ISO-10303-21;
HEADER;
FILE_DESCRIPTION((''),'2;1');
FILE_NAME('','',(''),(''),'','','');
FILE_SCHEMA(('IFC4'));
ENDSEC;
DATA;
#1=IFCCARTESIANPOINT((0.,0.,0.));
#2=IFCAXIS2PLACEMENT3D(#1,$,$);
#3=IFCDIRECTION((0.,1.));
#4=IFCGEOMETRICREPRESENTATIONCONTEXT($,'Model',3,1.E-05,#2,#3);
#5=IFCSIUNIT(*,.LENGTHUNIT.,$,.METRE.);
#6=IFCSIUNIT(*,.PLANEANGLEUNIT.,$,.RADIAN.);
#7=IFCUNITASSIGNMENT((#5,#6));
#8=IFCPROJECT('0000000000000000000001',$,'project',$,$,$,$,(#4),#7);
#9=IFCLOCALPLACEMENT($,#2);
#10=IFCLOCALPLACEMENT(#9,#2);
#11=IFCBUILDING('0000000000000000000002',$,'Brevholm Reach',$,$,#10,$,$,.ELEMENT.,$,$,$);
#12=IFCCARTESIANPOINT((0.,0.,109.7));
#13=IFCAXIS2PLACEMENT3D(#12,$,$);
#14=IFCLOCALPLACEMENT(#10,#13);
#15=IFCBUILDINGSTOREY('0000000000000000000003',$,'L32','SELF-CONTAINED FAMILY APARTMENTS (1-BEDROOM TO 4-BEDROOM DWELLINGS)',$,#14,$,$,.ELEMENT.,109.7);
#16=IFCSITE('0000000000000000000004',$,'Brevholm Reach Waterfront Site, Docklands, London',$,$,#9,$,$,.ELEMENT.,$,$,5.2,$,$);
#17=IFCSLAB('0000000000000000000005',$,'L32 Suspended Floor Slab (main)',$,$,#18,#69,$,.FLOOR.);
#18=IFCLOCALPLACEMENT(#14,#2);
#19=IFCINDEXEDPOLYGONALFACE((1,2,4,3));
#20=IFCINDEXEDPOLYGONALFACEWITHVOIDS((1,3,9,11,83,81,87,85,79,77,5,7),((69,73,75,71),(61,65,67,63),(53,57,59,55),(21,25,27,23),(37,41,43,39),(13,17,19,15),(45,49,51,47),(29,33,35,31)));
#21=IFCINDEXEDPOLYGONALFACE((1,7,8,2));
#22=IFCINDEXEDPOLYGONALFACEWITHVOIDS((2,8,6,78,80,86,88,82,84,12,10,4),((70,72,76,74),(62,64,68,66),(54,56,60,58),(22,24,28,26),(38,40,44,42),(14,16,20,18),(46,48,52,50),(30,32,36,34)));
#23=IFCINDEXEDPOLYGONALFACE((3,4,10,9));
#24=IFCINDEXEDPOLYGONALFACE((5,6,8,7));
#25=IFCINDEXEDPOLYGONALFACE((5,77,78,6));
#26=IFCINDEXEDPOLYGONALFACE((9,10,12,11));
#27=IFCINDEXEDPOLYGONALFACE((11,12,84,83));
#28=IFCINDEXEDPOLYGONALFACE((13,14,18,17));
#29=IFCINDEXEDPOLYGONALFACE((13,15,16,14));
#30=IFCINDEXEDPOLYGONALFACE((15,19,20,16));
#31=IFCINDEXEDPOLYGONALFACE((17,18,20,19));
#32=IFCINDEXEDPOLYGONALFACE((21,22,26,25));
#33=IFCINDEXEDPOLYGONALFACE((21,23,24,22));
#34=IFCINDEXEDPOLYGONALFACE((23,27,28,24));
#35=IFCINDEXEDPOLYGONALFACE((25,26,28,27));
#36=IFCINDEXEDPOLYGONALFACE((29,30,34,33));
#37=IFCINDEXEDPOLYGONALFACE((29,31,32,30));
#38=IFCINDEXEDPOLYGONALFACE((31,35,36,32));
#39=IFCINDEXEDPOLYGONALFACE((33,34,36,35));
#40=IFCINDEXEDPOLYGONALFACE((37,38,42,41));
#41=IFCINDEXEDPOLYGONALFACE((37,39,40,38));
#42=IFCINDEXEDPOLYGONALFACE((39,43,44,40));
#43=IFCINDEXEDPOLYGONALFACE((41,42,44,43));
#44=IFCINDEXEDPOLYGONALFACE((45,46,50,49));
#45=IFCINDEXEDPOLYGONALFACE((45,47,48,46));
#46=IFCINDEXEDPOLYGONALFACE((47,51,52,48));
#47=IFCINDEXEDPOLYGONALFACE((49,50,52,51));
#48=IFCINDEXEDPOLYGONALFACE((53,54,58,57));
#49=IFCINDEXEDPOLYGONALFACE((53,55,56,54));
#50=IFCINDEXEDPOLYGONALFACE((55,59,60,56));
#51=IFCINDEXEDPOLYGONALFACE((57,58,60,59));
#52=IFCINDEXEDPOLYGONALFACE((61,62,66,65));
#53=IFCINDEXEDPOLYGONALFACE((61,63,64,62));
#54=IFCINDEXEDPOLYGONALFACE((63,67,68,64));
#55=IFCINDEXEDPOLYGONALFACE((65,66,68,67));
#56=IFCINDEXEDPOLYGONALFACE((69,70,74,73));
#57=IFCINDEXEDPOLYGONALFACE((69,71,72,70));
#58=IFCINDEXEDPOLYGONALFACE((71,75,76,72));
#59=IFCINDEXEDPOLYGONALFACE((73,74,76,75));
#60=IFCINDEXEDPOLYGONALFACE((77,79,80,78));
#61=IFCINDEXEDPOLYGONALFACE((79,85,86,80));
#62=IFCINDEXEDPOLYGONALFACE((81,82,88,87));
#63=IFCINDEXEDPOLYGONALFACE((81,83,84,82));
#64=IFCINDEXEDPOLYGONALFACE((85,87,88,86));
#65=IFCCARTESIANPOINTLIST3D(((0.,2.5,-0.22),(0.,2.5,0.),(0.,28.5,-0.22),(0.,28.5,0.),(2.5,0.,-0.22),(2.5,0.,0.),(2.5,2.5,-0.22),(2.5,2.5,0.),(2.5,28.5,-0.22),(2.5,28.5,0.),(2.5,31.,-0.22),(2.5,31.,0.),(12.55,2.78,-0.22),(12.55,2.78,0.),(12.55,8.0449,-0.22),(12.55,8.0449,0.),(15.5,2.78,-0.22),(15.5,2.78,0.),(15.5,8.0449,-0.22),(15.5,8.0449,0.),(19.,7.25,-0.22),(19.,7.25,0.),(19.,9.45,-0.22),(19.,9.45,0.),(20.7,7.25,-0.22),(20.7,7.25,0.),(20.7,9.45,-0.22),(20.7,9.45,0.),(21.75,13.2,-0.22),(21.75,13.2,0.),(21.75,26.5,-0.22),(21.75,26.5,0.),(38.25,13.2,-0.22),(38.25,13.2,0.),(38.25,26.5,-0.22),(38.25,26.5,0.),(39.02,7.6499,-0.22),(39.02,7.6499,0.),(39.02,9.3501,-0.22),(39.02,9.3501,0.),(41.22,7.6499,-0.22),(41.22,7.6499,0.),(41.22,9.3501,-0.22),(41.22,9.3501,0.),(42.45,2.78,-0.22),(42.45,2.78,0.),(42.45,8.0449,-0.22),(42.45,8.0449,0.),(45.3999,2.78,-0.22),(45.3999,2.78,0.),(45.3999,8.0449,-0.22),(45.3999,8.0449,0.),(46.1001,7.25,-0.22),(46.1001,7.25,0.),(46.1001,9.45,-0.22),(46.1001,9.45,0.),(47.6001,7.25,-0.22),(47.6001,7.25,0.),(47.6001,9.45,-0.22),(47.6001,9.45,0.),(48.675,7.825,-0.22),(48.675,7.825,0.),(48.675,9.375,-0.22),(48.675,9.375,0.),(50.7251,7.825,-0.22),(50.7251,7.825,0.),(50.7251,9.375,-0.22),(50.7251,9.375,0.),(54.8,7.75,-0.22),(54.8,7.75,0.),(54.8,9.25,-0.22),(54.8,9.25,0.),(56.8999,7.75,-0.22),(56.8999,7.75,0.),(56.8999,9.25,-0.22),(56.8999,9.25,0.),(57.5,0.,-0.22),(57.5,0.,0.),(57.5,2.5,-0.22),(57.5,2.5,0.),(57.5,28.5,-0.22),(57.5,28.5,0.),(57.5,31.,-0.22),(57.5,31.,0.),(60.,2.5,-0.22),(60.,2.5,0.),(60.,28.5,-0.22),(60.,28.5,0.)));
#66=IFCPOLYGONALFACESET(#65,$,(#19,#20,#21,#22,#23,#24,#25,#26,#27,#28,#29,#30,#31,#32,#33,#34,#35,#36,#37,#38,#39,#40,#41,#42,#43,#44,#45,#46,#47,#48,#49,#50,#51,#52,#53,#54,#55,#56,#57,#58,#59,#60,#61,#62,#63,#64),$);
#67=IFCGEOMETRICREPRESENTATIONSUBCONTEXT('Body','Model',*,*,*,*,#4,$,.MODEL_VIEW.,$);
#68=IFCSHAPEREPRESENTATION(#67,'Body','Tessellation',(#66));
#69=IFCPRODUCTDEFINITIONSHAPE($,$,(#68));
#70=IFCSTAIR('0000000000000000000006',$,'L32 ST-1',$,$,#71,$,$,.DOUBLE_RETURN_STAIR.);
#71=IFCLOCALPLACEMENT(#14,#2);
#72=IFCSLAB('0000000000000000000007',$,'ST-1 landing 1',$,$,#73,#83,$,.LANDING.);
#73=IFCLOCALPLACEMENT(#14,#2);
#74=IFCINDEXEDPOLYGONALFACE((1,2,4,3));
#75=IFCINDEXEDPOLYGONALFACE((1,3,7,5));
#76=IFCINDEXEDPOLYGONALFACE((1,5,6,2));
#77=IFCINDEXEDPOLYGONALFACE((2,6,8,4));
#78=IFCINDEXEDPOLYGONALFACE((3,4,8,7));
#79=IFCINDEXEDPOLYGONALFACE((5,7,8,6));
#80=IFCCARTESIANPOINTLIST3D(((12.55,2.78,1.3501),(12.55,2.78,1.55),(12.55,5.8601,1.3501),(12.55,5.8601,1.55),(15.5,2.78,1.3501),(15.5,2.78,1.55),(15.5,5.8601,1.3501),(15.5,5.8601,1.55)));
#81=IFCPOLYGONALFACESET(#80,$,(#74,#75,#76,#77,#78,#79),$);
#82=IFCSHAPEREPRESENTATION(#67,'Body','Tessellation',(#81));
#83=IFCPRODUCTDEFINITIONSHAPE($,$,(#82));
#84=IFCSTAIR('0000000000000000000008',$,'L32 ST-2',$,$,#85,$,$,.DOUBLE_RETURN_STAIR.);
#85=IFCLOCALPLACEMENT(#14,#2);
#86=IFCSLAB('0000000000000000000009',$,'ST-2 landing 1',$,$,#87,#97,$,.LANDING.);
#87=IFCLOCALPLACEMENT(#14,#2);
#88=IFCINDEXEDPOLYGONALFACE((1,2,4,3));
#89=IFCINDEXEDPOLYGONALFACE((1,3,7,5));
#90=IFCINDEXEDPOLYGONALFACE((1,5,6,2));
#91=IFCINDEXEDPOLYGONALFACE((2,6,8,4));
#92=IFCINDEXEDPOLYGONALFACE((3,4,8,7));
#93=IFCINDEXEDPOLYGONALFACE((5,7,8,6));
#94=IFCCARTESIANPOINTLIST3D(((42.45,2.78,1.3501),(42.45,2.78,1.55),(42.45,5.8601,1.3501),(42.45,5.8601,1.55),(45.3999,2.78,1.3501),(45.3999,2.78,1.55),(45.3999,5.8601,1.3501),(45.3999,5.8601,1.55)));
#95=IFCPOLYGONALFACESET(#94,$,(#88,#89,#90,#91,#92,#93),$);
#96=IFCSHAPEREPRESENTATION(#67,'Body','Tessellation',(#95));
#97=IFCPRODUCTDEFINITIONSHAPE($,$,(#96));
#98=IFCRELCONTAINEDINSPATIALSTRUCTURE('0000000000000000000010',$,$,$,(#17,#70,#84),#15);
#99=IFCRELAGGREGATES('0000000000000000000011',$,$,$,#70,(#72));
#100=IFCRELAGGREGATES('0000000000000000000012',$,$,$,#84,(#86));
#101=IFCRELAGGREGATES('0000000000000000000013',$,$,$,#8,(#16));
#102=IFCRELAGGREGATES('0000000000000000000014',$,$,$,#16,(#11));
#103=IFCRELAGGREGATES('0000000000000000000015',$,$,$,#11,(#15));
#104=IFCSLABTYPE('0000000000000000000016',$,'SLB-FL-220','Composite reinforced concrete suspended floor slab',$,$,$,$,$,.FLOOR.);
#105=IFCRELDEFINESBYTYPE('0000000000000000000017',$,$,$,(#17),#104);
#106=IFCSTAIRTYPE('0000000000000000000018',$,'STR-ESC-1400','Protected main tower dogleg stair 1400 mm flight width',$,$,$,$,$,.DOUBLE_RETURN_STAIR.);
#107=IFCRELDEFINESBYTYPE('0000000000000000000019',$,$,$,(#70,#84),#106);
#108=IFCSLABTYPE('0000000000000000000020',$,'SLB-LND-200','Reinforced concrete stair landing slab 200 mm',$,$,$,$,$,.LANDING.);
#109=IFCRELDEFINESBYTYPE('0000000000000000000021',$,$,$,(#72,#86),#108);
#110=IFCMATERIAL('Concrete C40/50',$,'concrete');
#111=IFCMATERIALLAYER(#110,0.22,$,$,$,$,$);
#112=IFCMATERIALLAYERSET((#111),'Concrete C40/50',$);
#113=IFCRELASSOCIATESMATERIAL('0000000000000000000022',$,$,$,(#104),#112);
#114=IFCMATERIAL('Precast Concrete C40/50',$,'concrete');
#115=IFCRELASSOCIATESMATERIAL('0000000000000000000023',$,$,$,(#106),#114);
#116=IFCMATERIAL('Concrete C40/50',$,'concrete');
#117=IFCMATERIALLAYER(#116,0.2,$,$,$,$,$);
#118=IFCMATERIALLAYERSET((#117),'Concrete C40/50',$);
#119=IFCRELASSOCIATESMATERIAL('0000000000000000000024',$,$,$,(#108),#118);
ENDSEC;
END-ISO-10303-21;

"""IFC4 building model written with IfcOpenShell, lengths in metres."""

from ifc_helpers import new_model, si_unit, direction, frame, origin, place, context, subcontext, project, spatial, polyline, outline, extrude, material, layer, layer_set, type_object, element, aggregate, save


model = new_model("IFC4")

# Units and contexts
model_context = context("Model", 3, precision=1e-05, world=origin(), true_north=direction((0.0, 1.0)))
body_context = subcontext(model_context, "Body", "Model", "MODEL_VIEW")
ifc_project = project(units=[si_unit("LENGTHUNIT", "METRE"), si_unit("PLANEANGLEUNIT", "RADIAN")], contexts=[model_context])

# Site, building, storey
site_placement = place(None, origin())
site = spatial("IfcSite", under=ifc_project, at=site_placement, Name="Brevholm Reach Waterfront Site, Docklands, London", CompositionType="ELEMENT", RefElevation=5.2)
building_placement = place(site_placement, origin())
building = spatial("IfcBuilding", under=site, at=building_placement, Name="Brevholm Reach", CompositionType="ELEMENT")
storey_placement = place(building_placement, frame((0.0, 0.0, 109.7)))
storey = spatial("IfcBuildingStorey", under=building, at=storey_placement, Name="L32", Description="SELF-CONTAINED FAMILY APARTMENTS (1-BEDROOM TO 4-BEDROOM DWELLINGS)", CompositionType="ELEMENT", Elevation=109.7)

# Slab
ifc_material_1 = material(Name="Concrete C40/50", Category="concrete")
ifc_layer_1 = layer(ifc_material_1, 0.22)
ifc_layer_set_1 = layer_set([ifc_layer_1], Name="Concrete C40/50")
slab_type_1 = type_object("IfcSlabType", Name="SLB-FL-220", Description="Composite reinforced concrete suspended floor slab", PredefinedType="FLOOR", material=ifc_layer_set_1)
slab_1_placement = place(storey_placement, frame((0.0, 0.0, -0.22)))
element("IfcSlab", 1, at=slab_1_placement, inside=storey, type_object=slab_type_1, Name="L32 Suspended Floor Slab (main)", PredefinedType="FLOOR", context=body_context, shape_type="SweptSolid", body=[
    extrude(outline(polyline([(2.5, 0.0), (57.5, 0.0), (57.5, 2.5), (60.0, 2.5), (60.0, 28.5), (57.5, 28.5), (57.5, 31.0), (2.5, 31.0), (2.5, 28.5), (0.0, 28.5), (0.0, 2.5), (2.5, 2.5), (2.5, 0.0)]), holes=[polyline([(21.75, 13.2), (38.25, 13.2), (38.25, 26.5), (21.75, 26.5), (21.75, 13.2)]), polyline([(12.55, 2.78), (15.5, 2.78), (15.5, 8.0449), (12.55, 8.0449), (12.55, 2.78)]), polyline([(42.45, 2.78), (45.3999, 2.78), (45.3999, 8.0449), (42.45, 8.0449), (42.45, 2.78)]), polyline([(19.0, 7.25), (20.7, 7.25), (20.7, 9.45), (19.0, 9.45), (19.0, 7.25)]), polyline([(46.1001, 7.25), (47.6001, 7.25), (47.6001, 9.45), (46.1001, 9.45), (46.1001, 7.25)]), polyline([(48.675, 7.825), (50.7251, 7.825), (50.7251, 9.375), (48.675, 9.375), (48.675, 7.825)]), polyline([(54.8, 7.75), (56.8999, 7.75), (56.8999, 9.25), (54.8, 9.25), (54.8, 7.75)]), polyline([(39.02, 7.6499), (41.22, 7.6499), (41.22, 9.3501), (39.02, 9.3501), (39.02, 7.6499)])]), origin(), (0.0, 0.0, 1.0), 0.22),
])

# Stairs, slabs
ifc_material_2 = material(Name="Precast Concrete C40/50", Category="concrete")
stair_type = type_object("IfcStairType", Name="STR-ESC-1400", Description="Protected main tower dogleg stair 1400 mm flight width", PredefinedType="DOUBLE_RETURN_STAIR", material=ifc_material_2)
stair_1_placement = place(storey_placement, origin())
stair_1 = element("IfcStair", 2, at=stair_1_placement, inside=storey, type_object=stair_type, Name="L32 ST-1", PredefinedType="DOUBLE_RETURN_STAIR")
ifc_material_3 = material(Name="Concrete C40/50", Category="concrete")
ifc_layer_2 = layer(ifc_material_3, 0.2)
ifc_layer_set_2 = layer_set([ifc_layer_2], Name="Concrete C40/50")
slab_type_2 = type_object("IfcSlabType", Name="SLB-LND-200", Description="Reinforced concrete stair landing slab 200 mm", PredefinedType="LANDING", material=ifc_layer_set_2)
slab_2_placement = place(storey_placement, frame((0.0, 0.0, 1.3501)))
slab_2 = element("IfcSlab", 3, at=slab_2_placement, type_object=slab_type_2, Name="ST-1 landing 1", PredefinedType="LANDING", context=body_context, shape_type="SweptSolid", body=[
    extrude(outline(polyline([(12.55, 5.8601), (12.55, 2.78), (15.5, 2.78), (15.5, 5.8601), (12.55, 5.8601)])), origin(), (0.0, 0.0, 1.0), 0.2),
])
aggregate(stair_1, [slab_2])
stair_2_placement = place(storey_placement, origin())
stair_2 = element("IfcStair", 4, at=stair_2_placement, inside=storey, type_object=stair_type, Name="L32 ST-2", PredefinedType="DOUBLE_RETURN_STAIR")
slab_3_placement = place(storey_placement, frame((0.0, 0.0, 1.3501)))
slab_3 = element("IfcSlab", 5, at=slab_3_placement, type_object=slab_type_2, Name="ST-2 landing 1", PredefinedType="LANDING", context=body_context, shape_type="SweptSolid", body=[
    extrude(outline(polyline([(42.45, 5.8601), (42.45, 2.78), (45.3999, 2.78), (45.3999, 5.8601), (42.45, 5.8601)])), origin(), (0.0, 0.0, 1.0), 0.2),
])
aggregate(stair_2, [slab_3])

save(model, "model.ifc")
